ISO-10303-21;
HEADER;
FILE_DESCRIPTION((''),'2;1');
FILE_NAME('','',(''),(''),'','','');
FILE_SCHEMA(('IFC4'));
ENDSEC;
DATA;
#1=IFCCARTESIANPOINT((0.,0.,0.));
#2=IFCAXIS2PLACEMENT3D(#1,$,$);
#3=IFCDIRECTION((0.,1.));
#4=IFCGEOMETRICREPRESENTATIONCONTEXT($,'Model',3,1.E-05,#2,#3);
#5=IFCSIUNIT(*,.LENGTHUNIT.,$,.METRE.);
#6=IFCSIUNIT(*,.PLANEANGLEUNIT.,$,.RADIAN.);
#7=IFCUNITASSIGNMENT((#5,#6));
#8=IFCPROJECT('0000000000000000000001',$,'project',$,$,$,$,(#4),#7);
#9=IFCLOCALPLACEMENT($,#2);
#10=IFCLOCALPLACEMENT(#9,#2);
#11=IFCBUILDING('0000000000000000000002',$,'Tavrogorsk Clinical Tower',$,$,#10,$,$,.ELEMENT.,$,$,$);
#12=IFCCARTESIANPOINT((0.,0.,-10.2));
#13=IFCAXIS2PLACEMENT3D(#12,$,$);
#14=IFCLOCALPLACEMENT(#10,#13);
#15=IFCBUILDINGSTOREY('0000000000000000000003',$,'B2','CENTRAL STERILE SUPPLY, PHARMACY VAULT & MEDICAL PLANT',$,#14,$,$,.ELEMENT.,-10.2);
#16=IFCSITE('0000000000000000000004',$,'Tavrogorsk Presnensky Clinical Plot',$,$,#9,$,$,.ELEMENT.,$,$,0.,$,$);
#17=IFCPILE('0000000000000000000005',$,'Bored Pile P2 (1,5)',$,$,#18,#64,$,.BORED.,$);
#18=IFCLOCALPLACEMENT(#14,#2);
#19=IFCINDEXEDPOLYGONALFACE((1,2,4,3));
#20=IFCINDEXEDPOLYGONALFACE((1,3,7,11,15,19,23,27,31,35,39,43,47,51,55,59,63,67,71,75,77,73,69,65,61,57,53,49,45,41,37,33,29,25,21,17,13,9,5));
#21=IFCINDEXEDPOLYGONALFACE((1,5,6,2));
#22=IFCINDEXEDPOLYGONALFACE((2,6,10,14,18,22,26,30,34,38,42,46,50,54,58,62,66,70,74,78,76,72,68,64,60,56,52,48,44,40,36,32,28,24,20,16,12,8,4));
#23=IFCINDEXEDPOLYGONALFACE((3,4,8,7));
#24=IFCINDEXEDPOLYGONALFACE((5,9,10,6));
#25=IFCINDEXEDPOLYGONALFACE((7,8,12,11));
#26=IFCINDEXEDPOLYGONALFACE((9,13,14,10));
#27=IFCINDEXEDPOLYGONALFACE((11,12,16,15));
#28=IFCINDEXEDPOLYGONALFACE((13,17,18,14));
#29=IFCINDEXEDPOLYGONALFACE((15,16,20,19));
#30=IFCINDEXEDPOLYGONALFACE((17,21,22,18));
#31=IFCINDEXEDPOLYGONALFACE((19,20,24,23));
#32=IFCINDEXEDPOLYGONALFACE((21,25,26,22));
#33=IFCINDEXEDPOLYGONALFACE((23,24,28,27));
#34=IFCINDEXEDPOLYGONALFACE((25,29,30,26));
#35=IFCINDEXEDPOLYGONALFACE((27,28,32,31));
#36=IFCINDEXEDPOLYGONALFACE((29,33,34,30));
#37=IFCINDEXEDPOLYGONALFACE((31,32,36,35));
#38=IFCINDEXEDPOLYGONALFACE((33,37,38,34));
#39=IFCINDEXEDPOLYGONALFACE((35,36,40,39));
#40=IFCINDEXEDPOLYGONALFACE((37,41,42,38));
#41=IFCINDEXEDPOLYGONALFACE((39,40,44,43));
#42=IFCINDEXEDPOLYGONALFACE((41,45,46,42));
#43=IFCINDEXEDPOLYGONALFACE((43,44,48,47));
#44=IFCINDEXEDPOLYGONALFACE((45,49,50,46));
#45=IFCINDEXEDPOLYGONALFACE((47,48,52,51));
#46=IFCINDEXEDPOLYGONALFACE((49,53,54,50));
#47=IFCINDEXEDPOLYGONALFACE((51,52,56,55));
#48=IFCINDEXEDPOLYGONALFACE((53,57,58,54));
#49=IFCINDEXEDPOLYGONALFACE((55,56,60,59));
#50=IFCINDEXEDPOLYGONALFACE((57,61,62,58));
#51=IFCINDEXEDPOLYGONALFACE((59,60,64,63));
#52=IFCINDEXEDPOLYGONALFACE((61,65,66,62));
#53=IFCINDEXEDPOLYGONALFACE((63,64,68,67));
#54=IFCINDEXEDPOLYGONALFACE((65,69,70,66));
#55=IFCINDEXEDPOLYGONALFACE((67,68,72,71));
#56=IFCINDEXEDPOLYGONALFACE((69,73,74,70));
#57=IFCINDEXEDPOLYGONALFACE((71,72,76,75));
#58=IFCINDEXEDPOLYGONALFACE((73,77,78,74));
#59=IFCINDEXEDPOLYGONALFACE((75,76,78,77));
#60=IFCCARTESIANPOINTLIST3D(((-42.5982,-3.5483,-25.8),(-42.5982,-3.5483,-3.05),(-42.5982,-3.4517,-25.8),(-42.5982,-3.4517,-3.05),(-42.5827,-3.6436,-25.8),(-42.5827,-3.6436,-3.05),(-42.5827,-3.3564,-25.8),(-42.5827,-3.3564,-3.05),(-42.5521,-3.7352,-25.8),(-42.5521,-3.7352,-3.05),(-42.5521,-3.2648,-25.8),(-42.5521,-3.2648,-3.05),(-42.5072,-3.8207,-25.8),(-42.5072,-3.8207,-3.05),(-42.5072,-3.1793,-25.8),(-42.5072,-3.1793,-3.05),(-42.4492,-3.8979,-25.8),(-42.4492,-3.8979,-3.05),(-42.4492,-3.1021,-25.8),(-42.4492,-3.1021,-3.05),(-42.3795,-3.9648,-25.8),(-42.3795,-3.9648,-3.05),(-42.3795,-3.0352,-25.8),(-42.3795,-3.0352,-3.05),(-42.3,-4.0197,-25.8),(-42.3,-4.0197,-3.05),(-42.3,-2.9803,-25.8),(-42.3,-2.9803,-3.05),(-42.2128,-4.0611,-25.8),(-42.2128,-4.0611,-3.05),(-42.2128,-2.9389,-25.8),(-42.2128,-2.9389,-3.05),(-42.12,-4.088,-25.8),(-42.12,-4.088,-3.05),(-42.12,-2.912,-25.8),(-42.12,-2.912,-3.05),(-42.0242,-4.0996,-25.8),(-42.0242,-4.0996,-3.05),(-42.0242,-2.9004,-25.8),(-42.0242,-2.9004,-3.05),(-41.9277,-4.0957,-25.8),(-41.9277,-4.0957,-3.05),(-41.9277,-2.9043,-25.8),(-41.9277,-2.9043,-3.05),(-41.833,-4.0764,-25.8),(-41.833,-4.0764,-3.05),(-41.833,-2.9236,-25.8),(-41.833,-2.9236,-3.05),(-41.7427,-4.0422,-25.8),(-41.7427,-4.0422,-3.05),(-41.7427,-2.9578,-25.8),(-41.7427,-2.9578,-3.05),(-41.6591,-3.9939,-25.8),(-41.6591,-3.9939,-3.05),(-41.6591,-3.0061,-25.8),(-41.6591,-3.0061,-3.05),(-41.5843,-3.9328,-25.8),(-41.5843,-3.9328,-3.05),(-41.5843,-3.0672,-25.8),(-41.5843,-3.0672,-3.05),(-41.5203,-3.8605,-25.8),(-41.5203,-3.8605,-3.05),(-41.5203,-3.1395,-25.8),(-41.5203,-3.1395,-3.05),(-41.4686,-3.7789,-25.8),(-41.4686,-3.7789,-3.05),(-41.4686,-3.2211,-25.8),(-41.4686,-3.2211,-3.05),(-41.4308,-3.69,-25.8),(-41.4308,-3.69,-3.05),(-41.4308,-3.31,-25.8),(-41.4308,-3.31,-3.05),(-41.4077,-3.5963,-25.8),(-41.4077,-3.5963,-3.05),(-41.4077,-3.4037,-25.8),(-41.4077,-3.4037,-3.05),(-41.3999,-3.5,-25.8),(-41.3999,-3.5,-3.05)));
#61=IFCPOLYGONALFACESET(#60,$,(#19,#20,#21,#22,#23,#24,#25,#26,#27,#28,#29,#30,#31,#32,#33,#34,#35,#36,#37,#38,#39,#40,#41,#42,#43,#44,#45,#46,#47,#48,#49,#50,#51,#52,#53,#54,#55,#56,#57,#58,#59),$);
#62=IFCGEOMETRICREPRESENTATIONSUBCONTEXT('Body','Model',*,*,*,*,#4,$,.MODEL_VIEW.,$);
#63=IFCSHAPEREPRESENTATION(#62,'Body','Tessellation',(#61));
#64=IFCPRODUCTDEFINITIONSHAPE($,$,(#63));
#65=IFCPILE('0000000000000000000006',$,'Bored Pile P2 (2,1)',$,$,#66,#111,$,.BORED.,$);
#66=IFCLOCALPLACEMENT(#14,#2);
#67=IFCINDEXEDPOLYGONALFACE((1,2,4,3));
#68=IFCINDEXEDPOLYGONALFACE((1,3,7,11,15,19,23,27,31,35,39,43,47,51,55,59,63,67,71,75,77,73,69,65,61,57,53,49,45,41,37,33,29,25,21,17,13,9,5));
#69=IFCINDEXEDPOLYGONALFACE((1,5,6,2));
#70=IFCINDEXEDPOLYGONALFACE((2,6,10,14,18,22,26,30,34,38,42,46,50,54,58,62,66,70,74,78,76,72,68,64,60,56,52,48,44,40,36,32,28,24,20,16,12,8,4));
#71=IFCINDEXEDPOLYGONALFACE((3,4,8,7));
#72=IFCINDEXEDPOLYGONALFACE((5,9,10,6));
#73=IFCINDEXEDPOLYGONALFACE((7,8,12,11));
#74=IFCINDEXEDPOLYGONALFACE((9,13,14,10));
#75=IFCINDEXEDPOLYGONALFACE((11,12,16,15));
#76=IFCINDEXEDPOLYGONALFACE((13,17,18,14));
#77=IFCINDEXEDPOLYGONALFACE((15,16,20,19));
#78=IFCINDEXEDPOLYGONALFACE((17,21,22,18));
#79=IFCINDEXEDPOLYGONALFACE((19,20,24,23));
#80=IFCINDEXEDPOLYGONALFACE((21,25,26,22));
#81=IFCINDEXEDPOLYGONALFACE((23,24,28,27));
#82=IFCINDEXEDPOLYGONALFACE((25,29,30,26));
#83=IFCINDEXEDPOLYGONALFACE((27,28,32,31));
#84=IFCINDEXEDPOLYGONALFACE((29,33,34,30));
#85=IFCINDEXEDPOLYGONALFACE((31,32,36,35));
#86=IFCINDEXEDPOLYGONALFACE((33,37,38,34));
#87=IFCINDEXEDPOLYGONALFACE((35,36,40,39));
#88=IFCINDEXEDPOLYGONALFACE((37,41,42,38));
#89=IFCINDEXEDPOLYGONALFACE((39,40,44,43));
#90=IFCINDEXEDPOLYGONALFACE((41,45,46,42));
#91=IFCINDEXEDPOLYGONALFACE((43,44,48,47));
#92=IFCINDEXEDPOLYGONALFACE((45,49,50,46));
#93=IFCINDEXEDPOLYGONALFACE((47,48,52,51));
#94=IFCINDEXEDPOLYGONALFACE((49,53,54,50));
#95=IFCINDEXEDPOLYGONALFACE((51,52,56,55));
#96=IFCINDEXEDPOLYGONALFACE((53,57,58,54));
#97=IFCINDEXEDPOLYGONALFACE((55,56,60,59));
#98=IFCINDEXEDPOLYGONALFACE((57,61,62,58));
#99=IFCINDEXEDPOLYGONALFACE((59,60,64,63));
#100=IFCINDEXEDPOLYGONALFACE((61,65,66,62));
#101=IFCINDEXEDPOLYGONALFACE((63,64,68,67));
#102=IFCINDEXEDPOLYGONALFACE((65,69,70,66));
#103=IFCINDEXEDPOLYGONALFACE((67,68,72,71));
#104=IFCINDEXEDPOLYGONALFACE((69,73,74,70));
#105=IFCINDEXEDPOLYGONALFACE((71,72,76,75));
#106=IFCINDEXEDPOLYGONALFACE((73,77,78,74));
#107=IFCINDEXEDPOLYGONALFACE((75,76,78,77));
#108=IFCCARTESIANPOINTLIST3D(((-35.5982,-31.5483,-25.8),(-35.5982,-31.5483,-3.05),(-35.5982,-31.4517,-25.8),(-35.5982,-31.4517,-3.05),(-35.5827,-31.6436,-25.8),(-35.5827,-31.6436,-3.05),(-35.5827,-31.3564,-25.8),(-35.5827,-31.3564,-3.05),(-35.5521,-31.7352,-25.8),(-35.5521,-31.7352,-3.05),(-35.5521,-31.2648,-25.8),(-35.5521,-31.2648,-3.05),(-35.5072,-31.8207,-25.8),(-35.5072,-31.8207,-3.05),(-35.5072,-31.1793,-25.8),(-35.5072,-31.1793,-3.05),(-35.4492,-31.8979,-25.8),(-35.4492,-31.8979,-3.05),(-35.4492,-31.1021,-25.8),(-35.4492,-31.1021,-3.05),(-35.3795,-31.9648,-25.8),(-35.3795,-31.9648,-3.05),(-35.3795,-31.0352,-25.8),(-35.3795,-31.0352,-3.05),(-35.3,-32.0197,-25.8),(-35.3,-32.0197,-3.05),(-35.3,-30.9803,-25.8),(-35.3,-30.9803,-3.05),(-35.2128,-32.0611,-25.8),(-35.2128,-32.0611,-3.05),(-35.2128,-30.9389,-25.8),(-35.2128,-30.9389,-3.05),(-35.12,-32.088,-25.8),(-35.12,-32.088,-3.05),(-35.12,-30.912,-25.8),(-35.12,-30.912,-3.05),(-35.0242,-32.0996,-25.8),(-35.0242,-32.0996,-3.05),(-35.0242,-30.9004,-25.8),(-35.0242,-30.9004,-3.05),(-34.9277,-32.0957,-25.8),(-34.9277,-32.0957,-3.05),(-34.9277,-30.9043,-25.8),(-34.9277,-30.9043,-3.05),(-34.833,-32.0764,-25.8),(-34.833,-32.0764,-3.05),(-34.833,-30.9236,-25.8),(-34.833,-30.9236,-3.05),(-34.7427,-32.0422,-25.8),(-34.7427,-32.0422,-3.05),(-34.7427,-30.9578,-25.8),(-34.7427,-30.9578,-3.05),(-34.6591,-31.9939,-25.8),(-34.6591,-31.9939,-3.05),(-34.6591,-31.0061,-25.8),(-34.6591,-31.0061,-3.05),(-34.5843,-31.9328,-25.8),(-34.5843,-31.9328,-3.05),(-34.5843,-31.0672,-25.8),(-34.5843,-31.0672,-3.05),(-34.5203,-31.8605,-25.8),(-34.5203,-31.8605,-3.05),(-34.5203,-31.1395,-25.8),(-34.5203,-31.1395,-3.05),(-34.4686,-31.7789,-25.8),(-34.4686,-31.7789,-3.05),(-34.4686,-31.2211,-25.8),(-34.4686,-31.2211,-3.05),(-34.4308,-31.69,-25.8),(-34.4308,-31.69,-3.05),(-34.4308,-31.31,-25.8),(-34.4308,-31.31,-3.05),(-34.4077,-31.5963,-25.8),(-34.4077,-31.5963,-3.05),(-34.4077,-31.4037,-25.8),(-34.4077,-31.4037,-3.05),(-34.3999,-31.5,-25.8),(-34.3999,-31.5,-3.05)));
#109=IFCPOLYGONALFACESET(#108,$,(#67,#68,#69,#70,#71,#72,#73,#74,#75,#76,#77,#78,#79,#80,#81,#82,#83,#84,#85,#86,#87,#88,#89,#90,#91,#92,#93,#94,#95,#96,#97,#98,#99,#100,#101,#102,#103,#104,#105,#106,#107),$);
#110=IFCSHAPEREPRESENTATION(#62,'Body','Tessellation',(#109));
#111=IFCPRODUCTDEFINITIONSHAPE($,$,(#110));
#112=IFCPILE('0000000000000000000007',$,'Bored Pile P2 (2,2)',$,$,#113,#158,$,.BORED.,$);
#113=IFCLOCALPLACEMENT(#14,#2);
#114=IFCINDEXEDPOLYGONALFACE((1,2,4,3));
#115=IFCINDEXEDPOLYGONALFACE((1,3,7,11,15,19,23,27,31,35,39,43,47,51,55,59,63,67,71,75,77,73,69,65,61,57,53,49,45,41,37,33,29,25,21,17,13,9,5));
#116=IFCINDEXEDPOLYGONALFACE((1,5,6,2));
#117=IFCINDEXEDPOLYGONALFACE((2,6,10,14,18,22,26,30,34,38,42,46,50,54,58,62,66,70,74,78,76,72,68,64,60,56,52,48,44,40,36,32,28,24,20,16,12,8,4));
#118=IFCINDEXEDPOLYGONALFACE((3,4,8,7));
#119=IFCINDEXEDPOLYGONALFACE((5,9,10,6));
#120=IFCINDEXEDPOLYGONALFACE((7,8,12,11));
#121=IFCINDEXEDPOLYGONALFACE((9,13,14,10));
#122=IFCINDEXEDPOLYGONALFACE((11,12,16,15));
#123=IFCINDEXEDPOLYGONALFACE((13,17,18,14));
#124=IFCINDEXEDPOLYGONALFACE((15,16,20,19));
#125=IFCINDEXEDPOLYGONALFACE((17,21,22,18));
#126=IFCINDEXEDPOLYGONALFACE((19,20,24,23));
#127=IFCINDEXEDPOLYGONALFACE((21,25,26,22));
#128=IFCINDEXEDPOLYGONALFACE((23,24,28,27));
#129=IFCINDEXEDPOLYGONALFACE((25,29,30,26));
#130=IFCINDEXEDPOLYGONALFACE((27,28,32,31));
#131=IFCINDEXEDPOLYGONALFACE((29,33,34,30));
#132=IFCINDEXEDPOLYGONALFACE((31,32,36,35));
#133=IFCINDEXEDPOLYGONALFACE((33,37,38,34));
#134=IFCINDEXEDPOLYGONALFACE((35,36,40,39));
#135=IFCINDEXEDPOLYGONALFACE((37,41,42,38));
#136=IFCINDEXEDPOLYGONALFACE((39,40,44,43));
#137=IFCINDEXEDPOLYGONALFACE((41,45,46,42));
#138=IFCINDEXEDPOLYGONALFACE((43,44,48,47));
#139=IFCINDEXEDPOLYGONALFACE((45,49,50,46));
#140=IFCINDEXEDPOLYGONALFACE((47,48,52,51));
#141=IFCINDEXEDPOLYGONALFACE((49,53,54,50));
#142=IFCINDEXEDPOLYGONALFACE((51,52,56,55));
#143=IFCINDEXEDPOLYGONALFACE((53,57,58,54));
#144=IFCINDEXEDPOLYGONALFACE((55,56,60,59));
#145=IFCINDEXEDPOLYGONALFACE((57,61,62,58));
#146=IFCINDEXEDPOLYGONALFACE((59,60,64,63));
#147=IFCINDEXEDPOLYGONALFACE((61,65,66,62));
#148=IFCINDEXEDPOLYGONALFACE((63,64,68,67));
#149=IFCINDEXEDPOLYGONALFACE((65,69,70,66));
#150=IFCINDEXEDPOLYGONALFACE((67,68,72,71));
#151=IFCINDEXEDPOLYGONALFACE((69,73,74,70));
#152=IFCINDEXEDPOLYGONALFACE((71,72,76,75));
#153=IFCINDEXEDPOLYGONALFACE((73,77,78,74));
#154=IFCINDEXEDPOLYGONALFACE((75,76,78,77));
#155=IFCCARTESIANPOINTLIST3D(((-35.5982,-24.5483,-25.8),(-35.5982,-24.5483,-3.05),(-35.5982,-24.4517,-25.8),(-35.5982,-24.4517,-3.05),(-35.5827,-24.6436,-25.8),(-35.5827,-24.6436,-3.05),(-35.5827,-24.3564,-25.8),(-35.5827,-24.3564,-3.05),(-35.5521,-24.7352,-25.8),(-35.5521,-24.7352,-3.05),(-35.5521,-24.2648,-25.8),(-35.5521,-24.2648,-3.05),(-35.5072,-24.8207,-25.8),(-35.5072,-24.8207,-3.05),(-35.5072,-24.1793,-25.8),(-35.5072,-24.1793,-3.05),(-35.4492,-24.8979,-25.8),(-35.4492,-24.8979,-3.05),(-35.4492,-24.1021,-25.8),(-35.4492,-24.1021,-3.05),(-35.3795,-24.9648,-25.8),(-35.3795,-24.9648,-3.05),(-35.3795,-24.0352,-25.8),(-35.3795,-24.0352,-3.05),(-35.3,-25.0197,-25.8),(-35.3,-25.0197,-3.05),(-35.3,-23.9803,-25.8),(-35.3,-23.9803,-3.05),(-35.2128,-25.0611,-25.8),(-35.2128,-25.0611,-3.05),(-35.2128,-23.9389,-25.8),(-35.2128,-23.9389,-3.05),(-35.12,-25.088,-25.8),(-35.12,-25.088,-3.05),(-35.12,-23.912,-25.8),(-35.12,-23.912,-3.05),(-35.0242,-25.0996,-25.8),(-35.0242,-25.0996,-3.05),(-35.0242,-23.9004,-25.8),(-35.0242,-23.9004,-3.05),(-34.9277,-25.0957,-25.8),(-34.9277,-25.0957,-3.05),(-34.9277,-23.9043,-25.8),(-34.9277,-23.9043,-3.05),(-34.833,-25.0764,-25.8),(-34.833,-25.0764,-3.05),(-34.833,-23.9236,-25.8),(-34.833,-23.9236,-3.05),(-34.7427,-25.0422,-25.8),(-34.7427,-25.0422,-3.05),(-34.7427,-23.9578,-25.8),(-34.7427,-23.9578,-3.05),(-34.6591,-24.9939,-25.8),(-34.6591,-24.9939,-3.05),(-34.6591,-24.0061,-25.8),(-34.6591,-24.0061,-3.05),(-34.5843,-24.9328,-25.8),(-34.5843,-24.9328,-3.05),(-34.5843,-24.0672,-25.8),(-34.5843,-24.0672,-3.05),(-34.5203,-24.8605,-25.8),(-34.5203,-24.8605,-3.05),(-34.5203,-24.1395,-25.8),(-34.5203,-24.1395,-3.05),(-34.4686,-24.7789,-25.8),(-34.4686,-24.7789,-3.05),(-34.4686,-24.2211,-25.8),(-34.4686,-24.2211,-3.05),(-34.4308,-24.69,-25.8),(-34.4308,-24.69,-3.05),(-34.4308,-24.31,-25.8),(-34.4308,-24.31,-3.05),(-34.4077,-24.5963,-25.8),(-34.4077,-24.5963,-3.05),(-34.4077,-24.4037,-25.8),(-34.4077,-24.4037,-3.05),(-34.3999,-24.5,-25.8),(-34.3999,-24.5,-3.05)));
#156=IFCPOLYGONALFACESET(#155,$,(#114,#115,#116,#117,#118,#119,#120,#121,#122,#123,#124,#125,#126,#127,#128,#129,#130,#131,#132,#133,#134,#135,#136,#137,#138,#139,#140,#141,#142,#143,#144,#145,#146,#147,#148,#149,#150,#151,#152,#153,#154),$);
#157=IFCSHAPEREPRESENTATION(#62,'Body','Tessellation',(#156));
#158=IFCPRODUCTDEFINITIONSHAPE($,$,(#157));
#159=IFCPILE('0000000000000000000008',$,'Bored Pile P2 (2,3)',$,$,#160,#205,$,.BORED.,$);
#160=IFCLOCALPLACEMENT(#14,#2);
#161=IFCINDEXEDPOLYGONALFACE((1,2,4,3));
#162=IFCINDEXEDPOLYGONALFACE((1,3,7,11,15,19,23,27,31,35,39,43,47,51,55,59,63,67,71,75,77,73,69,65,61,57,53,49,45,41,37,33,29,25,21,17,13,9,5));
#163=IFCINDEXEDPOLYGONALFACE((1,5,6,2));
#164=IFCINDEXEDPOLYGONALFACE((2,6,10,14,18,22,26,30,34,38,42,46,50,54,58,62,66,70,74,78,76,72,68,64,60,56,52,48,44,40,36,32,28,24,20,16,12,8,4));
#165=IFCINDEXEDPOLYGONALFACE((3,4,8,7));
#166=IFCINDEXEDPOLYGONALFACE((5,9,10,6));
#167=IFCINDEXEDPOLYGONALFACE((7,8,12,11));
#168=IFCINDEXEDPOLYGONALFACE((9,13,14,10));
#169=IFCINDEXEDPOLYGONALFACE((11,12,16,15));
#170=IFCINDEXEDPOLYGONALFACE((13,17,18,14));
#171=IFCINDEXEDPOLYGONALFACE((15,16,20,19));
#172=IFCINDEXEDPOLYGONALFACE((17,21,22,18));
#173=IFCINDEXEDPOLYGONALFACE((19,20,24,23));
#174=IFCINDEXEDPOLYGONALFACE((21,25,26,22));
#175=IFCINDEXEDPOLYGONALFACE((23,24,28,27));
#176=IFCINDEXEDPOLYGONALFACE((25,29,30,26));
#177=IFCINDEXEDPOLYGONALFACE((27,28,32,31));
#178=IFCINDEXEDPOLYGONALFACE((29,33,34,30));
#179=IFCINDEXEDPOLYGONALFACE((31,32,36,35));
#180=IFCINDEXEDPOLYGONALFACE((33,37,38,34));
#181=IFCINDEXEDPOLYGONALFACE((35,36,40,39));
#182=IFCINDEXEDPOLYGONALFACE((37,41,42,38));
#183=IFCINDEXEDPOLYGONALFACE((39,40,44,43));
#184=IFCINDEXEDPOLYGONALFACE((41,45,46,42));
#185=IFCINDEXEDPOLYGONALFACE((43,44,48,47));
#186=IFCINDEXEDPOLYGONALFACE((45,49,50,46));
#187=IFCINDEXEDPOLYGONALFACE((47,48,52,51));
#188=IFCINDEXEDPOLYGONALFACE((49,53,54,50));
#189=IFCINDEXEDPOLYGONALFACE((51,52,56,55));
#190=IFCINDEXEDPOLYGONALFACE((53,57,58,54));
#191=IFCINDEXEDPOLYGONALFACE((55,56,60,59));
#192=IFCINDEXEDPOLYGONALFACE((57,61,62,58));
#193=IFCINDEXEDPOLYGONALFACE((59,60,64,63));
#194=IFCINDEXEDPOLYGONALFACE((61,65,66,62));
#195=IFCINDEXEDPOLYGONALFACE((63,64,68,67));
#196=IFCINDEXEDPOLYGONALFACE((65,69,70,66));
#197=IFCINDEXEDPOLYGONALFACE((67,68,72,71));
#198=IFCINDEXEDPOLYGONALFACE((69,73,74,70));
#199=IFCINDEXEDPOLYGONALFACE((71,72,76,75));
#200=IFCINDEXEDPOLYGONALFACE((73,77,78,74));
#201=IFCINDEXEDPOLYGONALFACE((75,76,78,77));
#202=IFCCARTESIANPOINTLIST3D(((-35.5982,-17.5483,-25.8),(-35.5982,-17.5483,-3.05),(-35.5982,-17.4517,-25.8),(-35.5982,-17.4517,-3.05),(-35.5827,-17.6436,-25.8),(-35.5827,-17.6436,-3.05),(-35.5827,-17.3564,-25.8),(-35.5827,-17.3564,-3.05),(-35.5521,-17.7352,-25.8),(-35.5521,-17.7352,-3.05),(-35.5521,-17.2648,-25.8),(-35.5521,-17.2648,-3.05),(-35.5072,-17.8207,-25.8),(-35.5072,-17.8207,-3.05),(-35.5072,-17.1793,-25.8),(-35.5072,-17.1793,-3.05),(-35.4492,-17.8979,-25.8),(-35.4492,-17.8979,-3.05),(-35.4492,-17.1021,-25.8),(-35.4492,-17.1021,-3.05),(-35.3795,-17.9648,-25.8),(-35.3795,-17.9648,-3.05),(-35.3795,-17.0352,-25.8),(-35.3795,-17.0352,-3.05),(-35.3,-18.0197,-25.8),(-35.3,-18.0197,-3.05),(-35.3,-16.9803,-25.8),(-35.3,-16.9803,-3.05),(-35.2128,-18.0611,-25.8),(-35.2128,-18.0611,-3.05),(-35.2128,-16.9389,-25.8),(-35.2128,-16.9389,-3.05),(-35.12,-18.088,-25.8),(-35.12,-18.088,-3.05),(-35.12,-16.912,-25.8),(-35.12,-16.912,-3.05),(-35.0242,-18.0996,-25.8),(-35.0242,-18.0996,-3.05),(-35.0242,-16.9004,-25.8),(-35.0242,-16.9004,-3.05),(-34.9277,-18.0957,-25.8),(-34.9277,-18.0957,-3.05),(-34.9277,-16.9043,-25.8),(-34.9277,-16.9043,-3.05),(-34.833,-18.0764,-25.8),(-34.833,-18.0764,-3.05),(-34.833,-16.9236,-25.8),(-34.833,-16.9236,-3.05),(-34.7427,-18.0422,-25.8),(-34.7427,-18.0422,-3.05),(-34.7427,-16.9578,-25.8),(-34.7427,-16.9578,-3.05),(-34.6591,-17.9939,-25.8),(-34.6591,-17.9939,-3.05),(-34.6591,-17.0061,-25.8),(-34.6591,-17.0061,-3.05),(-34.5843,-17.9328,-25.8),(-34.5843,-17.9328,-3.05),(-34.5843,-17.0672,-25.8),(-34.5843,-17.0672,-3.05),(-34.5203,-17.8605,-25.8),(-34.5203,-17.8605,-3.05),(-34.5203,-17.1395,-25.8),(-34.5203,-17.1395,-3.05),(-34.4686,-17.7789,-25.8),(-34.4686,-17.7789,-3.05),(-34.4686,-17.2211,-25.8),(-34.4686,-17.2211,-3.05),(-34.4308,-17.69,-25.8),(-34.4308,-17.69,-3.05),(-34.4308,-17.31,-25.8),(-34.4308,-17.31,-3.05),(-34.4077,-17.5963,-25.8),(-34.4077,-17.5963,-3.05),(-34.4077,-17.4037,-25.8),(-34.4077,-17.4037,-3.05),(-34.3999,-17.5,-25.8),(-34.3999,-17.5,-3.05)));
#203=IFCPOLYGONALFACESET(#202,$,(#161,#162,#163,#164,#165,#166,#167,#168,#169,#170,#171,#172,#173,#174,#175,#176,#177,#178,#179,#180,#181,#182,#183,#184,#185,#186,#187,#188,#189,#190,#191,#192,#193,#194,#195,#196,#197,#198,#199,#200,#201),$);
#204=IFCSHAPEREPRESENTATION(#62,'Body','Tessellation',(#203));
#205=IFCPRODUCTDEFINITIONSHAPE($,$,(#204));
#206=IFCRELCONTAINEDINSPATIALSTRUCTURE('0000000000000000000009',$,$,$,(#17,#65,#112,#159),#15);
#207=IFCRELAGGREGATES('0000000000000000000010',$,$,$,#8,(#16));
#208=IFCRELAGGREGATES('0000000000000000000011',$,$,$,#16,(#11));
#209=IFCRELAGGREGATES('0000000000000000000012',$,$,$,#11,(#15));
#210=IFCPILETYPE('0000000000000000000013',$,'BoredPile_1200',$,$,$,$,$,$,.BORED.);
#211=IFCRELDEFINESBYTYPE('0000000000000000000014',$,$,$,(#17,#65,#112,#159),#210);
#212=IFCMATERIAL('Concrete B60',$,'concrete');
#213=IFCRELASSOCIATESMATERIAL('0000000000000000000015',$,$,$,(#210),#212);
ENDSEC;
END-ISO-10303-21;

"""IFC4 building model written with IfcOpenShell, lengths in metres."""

from ifc_helpers import new_model, si_unit, direction, frame, origin, origin_2d, place, context, subcontext, project, spatial, circle, extrude, material, material_profile, profile_set, type_object, element, save


model = new_model("IFC4")

# Units and contexts
model_context = context("Model", 3, precision=1e-05, world=origin(), true_north=direction((0.0, 1.0)))
body_context = subcontext(model_context, "Body", "Model", "MODEL_VIEW")
ifc_project = project(units=[si_unit("LENGTHUNIT", "METRE"), si_unit("PLANEANGLEUNIT", "RADIAN")], contexts=[model_context])

# Site, building, storey
site_placement = place(None, origin())
site = spatial("IfcSite", under=ifc_project, at=site_placement, Name="Tavrogorsk Presnensky Clinical Plot", CompositionType="ELEMENT", RefElevation=0.0)
building_placement = place(site_placement, origin())
building = spatial("IfcBuilding", under=site, at=building_placement, Name="Tavrogorsk Clinical Tower", CompositionType="ELEMENT")
storey_placement = place(building_placement, frame((0.0, 0.0, -10.2)))
storey = spatial("IfcBuildingStorey", under=building, at=storey_placement, Name="B2", Description="CENTRAL STERILE SUPPLY, PHARMACY VAULT & MEDICAL PLANT", CompositionType="ELEMENT", Elevation=-10.2)

# Piles
ifc_material_1 = material(Name="Concrete B60", Category="concrete")
ifc_material_profile_1 = material_profile(ifc_material_1, circle(Radius=0.6001, at=origin_2d()), Name="BORED-PILE-1200")
ifc_profile_set_1 = profile_set([ifc_material_profile_1], Name="Concrete B60")
pile_type_1 = type_object("IfcPileType", Name="BoredPile_1200", PredefinedType="BORED", material=ifc_profile_set_1)
for number, where, z_axis, x_axis, name in (
    (1, (-42.0, -3.5, -3.05), (0.0, 0.0, -1.0), (1.0, 0.0, 0.0), "Bored Pile P2 (1,5)"),
    (2, (-35.0, -31.5, -3.05), (0.0, 0.0, -1.0), (1.0, 0.0, 0.0), "Bored Pile P2 (2,1)"),
    (3, (-35.0, -24.5, -3.05), (0.0, 0.0, -1.0), (1.0, 0.0, 0.0), "Bored Pile P2 (2,2)"),
    (4, (-35.0, -17.5, -3.05), (0.0, 0.0, -1.0), (1.0, 0.0, 0.0), "Bored Pile P2 (2,3)"),
):
    element("IfcPile", number, at=place(storey_placement, frame(where, z_axis=z_axis, x_axis=x_axis)), inside=storey, type_object=pile_type_1, Name=name, PredefinedType="BORED", context=body_context, shape_type="SweptSolid", body=[
        extrude(circle(Radius=0.6001, at=origin_2d()), origin(), (0.0, 0.0, 1.0), 22.75),
    ])

save(model, "model.ifc")
